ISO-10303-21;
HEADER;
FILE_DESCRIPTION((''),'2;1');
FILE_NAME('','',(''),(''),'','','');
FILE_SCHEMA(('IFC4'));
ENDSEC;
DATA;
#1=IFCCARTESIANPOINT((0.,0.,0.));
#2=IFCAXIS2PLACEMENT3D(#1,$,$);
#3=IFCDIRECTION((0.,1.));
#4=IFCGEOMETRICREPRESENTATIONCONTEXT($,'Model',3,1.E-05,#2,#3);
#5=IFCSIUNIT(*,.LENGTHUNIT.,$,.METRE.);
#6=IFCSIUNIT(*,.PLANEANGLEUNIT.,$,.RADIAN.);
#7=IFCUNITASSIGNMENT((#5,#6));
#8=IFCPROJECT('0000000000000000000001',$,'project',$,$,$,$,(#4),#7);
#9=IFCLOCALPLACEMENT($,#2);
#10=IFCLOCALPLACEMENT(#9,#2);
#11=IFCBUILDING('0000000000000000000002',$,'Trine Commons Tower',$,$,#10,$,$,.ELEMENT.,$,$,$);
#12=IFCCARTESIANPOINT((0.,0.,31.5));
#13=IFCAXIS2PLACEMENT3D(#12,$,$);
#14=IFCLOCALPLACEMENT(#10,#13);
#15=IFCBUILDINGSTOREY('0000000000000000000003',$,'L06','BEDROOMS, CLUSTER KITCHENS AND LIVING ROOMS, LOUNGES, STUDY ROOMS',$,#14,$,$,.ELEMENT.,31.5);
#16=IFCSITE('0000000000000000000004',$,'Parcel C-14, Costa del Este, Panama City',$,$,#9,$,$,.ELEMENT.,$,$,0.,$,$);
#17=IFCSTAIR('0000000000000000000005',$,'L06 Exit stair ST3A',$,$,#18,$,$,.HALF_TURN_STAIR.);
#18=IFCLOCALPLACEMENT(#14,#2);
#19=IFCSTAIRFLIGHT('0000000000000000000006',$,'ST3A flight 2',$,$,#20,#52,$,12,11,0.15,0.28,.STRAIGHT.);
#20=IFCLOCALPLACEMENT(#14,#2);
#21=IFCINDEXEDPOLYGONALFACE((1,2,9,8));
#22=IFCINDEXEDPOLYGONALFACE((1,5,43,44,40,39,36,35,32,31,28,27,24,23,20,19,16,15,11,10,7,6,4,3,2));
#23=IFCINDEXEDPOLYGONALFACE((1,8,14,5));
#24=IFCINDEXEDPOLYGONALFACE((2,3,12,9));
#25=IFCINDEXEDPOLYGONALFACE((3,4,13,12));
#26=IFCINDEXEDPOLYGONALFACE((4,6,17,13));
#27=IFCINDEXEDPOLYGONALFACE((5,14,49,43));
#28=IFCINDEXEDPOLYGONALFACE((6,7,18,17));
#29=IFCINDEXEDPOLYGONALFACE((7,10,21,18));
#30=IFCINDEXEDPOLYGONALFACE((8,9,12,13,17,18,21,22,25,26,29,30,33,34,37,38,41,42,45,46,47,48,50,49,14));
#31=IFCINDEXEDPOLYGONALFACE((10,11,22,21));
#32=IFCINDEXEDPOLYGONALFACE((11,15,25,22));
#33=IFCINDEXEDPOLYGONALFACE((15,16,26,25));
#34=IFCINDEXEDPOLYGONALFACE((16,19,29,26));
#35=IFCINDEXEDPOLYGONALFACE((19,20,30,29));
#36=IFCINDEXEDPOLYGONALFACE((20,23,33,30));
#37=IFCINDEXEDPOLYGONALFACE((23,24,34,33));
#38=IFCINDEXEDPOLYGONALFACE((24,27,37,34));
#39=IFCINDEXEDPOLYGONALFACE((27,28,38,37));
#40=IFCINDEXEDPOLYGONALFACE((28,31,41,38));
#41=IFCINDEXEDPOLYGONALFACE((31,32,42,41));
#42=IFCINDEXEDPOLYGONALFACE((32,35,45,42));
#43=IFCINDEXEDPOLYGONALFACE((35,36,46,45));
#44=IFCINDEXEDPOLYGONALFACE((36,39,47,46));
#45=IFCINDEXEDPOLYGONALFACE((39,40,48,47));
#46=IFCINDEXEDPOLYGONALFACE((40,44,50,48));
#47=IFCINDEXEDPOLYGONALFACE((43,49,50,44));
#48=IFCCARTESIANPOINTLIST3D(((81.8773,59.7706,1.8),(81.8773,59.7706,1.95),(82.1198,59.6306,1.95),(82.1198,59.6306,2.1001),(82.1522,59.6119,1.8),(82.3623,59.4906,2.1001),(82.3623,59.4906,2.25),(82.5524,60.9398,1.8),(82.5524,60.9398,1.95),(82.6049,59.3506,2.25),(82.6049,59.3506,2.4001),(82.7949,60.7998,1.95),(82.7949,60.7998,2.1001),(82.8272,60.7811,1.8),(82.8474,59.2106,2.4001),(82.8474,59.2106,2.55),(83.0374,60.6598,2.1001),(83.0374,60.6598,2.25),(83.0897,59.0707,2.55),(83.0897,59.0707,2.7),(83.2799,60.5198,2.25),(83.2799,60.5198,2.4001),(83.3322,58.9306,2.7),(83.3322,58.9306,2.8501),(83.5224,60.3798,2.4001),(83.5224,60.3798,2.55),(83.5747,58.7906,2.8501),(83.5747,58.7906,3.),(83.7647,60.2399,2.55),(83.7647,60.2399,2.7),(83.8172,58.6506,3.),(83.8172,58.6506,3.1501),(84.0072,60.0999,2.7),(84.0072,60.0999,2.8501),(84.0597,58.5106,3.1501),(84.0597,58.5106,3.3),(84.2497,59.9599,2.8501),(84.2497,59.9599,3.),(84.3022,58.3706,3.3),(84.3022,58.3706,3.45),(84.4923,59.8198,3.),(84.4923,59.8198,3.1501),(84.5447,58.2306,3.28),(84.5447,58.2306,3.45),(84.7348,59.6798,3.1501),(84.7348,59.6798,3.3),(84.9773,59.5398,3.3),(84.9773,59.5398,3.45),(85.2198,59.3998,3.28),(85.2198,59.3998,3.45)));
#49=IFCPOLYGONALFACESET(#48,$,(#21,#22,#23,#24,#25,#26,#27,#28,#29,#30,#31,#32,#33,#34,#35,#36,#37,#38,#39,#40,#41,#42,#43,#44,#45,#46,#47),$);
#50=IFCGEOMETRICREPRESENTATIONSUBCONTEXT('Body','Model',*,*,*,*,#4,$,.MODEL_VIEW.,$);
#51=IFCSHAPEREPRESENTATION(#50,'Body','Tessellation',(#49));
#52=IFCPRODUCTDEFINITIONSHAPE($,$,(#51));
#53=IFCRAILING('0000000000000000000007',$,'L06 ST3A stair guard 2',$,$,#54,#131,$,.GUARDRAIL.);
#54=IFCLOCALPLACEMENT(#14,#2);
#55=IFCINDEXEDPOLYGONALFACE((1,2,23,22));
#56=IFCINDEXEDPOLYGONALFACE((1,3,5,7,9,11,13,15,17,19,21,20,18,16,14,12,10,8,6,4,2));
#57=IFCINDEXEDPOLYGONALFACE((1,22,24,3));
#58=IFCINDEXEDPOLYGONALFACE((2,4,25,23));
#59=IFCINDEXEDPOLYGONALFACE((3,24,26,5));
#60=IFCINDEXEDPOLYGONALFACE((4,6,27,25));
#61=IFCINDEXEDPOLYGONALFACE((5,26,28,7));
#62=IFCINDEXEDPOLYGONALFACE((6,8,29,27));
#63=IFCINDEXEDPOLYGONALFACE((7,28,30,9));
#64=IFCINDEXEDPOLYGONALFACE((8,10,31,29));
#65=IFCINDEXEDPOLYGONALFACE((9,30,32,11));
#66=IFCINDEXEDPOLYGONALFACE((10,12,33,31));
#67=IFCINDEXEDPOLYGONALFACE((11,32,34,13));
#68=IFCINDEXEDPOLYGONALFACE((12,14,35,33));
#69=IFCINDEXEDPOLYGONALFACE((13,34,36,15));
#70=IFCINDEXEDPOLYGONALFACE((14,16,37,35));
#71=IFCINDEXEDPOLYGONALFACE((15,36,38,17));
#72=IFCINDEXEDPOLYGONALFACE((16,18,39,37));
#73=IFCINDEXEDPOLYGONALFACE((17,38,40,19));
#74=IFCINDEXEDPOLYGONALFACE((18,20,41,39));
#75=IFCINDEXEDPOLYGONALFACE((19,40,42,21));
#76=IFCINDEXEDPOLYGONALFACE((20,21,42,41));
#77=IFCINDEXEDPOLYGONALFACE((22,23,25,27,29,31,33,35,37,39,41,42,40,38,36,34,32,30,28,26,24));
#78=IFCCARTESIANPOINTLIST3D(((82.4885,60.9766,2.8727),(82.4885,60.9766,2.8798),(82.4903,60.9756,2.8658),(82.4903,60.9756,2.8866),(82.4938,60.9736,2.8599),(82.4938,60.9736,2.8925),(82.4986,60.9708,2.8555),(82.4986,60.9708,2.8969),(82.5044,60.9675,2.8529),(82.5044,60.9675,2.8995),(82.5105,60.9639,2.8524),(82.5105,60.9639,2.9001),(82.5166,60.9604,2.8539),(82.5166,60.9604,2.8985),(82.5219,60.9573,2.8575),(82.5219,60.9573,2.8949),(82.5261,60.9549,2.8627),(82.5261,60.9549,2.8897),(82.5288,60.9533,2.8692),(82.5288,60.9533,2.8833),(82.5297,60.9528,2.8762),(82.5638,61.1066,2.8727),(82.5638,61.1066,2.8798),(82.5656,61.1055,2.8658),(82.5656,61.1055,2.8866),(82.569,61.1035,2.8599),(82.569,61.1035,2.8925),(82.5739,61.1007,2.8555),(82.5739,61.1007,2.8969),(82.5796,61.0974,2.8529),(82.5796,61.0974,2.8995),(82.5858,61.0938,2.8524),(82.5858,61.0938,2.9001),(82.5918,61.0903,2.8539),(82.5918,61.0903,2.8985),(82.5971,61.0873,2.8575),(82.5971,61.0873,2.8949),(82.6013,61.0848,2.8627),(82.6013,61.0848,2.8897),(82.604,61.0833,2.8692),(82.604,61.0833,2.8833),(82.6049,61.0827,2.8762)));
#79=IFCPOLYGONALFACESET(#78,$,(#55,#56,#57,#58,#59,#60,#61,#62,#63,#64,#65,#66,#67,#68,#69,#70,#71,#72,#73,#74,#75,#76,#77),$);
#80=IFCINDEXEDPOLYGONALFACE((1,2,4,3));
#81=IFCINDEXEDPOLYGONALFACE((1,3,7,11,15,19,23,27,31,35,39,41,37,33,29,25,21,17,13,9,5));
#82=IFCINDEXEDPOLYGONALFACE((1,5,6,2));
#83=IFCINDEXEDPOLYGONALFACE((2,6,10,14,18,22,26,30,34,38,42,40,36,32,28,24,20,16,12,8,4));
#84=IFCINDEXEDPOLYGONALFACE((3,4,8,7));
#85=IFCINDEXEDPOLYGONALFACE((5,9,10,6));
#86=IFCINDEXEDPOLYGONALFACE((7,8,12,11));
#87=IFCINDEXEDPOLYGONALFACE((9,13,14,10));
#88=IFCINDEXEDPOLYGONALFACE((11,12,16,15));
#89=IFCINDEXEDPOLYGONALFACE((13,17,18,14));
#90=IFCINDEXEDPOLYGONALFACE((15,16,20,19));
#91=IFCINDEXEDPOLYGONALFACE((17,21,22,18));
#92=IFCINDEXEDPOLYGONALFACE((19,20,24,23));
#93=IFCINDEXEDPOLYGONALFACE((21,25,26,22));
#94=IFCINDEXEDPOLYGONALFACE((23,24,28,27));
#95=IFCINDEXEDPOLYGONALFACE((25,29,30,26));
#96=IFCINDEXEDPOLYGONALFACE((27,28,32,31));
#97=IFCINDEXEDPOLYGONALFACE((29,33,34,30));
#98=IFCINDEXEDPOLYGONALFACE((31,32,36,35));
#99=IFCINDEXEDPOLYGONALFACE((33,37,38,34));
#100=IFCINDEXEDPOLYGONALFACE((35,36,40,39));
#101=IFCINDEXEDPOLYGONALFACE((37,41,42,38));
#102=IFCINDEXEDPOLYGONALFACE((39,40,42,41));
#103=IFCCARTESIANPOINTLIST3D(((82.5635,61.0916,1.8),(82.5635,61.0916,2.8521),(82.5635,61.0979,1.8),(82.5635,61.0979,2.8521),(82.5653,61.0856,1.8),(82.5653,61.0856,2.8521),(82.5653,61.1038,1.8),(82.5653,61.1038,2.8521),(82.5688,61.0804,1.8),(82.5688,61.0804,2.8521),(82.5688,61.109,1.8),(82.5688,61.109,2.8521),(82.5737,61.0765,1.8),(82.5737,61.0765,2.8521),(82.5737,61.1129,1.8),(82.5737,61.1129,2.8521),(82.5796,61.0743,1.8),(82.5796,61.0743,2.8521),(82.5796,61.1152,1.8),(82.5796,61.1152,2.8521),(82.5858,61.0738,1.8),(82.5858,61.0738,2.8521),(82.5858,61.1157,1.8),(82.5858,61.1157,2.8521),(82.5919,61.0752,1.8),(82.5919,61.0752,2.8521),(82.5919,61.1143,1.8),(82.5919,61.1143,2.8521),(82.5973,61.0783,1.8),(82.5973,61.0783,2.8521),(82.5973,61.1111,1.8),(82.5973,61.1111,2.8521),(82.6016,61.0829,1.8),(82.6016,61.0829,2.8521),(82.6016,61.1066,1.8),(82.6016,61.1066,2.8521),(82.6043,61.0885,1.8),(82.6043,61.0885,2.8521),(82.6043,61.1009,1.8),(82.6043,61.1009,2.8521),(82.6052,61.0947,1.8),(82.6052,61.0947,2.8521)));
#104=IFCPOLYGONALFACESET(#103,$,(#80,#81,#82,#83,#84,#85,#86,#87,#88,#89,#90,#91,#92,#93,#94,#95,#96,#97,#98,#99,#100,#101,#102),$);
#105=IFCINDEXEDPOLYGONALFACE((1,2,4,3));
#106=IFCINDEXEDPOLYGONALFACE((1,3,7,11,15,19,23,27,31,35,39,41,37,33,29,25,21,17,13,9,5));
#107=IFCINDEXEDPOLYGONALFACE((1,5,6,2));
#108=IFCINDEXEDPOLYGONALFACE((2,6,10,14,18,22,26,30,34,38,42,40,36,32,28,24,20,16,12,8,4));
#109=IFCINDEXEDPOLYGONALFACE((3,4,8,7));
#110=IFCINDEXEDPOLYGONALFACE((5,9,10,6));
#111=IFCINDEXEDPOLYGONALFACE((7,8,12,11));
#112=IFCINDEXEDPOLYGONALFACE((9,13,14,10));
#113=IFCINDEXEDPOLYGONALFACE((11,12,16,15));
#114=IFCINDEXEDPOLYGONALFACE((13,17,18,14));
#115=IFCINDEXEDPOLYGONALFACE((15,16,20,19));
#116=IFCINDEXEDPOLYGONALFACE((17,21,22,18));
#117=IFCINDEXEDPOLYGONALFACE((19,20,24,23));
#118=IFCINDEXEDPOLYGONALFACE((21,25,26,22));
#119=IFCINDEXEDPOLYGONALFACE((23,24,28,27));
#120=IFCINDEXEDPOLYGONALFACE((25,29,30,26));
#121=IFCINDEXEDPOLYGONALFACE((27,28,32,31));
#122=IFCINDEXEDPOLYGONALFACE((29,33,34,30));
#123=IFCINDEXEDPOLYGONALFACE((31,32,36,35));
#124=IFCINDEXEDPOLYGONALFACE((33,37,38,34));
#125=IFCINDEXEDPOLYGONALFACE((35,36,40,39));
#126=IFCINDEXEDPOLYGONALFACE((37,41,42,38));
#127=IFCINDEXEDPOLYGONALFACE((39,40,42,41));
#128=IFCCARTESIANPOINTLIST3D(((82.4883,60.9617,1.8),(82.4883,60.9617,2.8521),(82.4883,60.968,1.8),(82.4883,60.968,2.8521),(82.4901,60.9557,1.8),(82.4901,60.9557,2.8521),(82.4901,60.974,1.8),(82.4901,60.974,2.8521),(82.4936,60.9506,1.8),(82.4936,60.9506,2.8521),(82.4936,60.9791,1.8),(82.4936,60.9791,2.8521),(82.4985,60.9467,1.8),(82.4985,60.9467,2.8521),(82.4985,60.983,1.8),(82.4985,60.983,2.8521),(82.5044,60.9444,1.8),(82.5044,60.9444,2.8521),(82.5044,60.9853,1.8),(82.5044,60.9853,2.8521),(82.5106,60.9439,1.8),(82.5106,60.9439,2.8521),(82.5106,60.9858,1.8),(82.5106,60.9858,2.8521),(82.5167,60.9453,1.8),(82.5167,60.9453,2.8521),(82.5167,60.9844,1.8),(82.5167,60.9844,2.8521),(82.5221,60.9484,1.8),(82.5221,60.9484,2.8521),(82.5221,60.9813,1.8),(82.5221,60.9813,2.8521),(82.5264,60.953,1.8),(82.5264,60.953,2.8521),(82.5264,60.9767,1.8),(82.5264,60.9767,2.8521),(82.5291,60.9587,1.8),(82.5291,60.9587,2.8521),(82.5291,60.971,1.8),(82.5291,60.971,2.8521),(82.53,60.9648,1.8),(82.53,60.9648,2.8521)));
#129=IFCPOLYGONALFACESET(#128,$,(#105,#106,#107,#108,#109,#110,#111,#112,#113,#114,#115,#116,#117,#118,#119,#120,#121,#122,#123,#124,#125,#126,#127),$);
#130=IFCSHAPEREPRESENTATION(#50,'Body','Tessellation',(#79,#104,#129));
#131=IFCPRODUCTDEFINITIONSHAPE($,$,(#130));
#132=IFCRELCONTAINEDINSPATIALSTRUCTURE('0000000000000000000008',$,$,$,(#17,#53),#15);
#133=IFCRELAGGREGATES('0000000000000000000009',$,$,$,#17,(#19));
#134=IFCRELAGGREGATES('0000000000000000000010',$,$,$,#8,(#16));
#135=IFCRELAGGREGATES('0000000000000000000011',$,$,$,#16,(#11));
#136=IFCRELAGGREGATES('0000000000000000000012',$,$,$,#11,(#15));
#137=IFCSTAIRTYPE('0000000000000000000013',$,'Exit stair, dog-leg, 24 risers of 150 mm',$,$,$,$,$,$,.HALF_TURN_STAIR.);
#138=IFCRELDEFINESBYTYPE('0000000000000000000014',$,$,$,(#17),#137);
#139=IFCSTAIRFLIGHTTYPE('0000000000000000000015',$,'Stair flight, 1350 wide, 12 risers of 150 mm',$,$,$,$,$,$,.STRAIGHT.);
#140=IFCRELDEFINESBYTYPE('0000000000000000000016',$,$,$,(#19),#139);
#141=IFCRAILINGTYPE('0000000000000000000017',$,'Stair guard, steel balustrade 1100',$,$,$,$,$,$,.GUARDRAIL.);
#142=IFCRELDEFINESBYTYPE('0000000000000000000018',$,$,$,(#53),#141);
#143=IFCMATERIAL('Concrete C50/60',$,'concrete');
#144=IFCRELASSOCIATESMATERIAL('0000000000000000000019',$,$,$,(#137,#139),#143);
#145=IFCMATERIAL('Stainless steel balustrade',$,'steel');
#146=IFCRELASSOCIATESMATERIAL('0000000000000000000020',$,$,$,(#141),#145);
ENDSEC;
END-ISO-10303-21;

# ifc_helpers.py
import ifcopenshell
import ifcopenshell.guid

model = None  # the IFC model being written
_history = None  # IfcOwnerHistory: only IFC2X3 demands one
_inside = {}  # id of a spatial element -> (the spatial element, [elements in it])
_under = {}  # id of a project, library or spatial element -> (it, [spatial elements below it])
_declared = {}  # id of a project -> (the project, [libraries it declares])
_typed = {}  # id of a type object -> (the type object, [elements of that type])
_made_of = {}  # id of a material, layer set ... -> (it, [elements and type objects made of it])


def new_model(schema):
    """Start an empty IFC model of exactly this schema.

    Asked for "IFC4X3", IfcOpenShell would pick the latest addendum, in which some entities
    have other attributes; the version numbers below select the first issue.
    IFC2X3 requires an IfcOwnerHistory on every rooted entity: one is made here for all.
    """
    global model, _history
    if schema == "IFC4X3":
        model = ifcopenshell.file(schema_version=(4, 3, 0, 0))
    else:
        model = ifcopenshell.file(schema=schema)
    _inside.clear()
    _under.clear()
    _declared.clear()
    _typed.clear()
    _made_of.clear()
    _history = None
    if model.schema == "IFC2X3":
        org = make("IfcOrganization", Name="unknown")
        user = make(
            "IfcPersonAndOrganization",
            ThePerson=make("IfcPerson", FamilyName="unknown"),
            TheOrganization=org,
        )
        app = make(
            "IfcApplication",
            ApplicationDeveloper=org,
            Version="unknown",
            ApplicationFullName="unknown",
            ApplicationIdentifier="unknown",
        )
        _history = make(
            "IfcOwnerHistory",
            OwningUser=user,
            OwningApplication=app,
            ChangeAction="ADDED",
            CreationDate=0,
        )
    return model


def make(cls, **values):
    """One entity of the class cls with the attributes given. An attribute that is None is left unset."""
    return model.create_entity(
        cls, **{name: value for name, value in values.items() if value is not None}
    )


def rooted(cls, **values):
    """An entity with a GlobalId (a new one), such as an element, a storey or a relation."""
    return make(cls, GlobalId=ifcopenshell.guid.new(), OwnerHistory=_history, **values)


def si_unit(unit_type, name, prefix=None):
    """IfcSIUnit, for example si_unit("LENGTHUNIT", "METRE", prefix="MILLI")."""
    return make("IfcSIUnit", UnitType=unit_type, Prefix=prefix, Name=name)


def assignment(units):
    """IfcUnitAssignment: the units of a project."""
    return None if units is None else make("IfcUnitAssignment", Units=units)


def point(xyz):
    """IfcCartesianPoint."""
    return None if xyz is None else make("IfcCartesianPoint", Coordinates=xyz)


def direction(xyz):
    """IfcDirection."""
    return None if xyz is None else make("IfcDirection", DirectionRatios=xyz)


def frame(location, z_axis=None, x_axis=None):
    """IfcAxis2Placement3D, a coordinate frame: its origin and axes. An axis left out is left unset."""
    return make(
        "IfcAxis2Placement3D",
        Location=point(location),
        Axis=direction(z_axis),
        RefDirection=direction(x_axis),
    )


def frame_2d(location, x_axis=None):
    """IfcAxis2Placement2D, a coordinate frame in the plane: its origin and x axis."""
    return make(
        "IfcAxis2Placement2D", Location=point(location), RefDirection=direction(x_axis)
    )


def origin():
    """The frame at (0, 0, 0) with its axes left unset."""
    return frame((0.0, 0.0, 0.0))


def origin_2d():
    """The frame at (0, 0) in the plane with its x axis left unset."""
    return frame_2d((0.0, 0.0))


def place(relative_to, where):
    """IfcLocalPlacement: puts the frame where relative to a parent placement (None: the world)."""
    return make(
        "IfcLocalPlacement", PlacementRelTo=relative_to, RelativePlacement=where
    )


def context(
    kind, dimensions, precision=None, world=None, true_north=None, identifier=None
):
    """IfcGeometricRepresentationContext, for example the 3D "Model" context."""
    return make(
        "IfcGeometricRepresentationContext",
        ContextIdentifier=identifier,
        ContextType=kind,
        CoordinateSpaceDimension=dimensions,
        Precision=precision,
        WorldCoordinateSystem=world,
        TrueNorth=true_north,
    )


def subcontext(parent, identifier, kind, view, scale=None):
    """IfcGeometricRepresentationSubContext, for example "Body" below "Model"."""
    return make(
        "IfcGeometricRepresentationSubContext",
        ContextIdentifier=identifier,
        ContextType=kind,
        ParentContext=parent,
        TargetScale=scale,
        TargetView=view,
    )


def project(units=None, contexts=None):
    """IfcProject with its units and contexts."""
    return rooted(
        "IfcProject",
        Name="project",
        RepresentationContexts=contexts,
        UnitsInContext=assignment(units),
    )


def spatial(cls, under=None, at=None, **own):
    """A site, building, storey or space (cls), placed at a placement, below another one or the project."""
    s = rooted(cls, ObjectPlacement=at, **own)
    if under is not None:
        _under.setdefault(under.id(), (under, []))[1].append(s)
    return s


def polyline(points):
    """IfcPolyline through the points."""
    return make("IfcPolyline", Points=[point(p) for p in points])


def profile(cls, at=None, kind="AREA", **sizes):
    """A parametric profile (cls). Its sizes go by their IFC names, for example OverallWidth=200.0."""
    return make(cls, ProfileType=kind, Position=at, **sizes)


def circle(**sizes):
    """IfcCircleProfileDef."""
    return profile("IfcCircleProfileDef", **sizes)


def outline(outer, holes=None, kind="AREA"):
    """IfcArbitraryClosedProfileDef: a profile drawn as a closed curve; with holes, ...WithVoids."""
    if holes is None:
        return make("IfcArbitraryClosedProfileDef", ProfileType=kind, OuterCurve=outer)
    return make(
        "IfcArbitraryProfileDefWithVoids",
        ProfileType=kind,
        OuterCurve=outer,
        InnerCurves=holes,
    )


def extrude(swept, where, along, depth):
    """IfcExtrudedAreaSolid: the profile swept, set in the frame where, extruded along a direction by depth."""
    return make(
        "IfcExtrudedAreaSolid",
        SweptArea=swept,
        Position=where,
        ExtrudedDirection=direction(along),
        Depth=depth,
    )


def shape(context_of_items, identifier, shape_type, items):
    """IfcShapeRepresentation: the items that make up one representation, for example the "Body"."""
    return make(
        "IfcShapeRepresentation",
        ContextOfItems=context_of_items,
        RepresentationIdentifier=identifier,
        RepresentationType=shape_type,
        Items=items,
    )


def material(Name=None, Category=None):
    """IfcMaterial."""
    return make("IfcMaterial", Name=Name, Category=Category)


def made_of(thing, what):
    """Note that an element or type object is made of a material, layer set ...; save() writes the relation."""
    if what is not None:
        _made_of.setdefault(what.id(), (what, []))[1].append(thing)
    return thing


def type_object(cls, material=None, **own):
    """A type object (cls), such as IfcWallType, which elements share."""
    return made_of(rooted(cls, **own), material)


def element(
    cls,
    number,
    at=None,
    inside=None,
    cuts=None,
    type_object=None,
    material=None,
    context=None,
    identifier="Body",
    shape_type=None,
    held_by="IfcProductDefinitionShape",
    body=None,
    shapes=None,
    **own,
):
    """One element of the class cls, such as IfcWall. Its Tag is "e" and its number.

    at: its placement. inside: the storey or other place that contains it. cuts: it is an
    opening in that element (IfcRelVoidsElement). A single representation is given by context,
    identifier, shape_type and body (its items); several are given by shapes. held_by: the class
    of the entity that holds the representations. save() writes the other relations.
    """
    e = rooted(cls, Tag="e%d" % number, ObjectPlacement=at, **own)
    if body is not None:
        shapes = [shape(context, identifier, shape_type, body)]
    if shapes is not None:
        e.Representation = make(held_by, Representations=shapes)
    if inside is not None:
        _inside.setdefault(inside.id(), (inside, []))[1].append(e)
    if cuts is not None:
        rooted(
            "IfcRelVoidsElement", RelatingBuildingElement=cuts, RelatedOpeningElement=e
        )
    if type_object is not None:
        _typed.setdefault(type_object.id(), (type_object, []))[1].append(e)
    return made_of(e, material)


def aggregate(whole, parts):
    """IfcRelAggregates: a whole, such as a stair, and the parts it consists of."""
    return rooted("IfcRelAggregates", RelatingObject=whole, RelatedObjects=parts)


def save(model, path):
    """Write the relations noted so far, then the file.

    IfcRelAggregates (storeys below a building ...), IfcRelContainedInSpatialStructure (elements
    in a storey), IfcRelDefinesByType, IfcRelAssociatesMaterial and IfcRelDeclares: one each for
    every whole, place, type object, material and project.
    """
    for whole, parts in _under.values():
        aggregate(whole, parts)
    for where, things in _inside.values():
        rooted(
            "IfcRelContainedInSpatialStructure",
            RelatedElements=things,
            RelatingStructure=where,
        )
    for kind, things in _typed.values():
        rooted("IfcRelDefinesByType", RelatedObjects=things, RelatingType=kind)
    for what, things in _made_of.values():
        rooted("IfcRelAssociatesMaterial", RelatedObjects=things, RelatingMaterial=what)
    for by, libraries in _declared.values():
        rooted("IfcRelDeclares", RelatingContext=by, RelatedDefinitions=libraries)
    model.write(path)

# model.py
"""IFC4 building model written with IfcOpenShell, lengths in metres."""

from ifc_helpers import new_model, si_unit, direction, frame, origin, origin_2d, place, context, subcontext, project, spatial, polyline, circle, outline, extrude, material, type_object, element, aggregate, save


model = new_model("IFC4")

# Units and contexts
model_context = context("Model", 3, precision=1e-05, world=origin(), true_north=direction((0.0, 1.0)))
body_context = subcontext(model_context, "Body", "Model", "MODEL_VIEW")
ifc_project = project(units=[si_unit("LENGTHUNIT", "METRE"), si_unit("PLANEANGLEUNIT", "RADIAN")], contexts=[model_context])

# Site, building, storey
site_placement = place(None, origin())
site = spatial("IfcSite", under=ifc_project, at=site_placement, Name="Parcel C-14, Costa del Este, Panama City", CompositionType="ELEMENT", RefElevation=0.0)
building_placement = place(site_placement, origin())
building = spatial("IfcBuilding", under=site, at=building_placement, Name="Trine Commons Tower", CompositionType="ELEMENT")
storey_placement = place(building_placement, frame((0.0, 0.0, 31.5)))
storey = spatial("IfcBuildingStorey", under=building, at=storey_placement, Name="L06", Description="BEDROOMS, CLUSTER KITCHENS AND LIVING ROOMS, LOUNGES, STUDY ROOMS", CompositionType="ELEMENT", Elevation=31.5)

# Stair, stair flight
ifc_material_1 = material(Name="Concrete C50/60", Category="concrete")
stair_type = type_object("IfcStairType", Name="Exit stair, dog-leg, 24 risers of 150 mm", PredefinedType="HALF_TURN_STAIR", material=ifc_material_1)
stair_placement = place(storey_placement, origin())
stair = element("IfcStair", 1, at=stair_placement, inside=storey, type_object=stair_type, Name="L06 Exit stair ST3A", PredefinedType="HALF_TURN_STAIR")
stair_flight_type = type_object("IfcStairFlightType", Name="Stair flight, 1350 wide, 12 risers of 150 mm", PredefinedType="STRAIGHT", material=ifc_material_1)
stair_flight_placement = place(storey_placement, frame((82.2148, 60.3552, 1.8), z_axis=(0.0, 0.0, 1.0), x_axis=(0.866025, -0.5, 0.0)))
stair_flight = element("IfcStairFlight", 2, at=stair_flight_placement, type_object=stair_flight_type, Name="ST3A flight 2", NumberOfRisers=12, NumberOfTreads=11, PredefinedType="STRAIGHT", RiserHeight=0.15, TreadLength=0.28, context=body_context, shape_type="SweptSolid", body=[
    extrude(outline(polyline([(0.0, 0.0), (0.0, 0.1499), (0.28, 0.1499), (0.28, 0.3), (0.5601, 0.3), (0.5601, 0.45), (0.8401, 0.45), (0.8401, 0.6001), (1.1201, 0.6001), (1.1201, 0.75), (1.3999, 0.75), (1.3999, 0.8999), (1.6799, 0.8999), (1.6799, 1.05), (1.96, 1.05), (1.96, 1.2), (2.24, 1.2), (2.24, 1.3501), (2.52, 1.3501), (2.52, 1.5), (2.8, 1.5), (2.8, 1.6499), (3.0801, 1.6499), (3.0801, 1.8), (3.0801, 1.48), (0.3174, 0.0), (0.0, 0.0)])), frame((0.0, 0.675, 0.0), z_axis=(0.0, -1.0, 0.0), x_axis=(1.0, 0.0, 0.0)), (0.0, 0.0, 1.0), 1.3501),
])
aggregate(stair, [stair_flight])

# Railing
ifc_material_2 = material(Name="Stainless steel balustrade", Category="steel")
railing_type_1 = type_object("IfcRailingType", Name="Stair guard, steel balustrade 1100", PredefinedType="GUARDRAIL", material=ifc_material_2)
railing_1_placement = place(storey_placement, frame((82.5842, 61.0947, 1.8)))
element("IfcRailing", 3, at=railing_1_placement, inside=storey, type_object=railing_type_1, Name="L06 ST3A stair guard 2", PredefinedType="GUARDRAIL", context=body_context, shape_type="SweptSolid", body=[
    extrude(circle(Radius=0.0239, at=origin_2d()), frame((0.0, 0.0, 1.0762), z_axis=(-0.501036, -0.865426, 0.0), x_axis=(0.865426, -0.501036, 0.0)), (0.0, 0.0, 1.0), 0.1501),
    extrude(circle(Radius=0.021, at=origin_2d()), origin(), (0.0, 0.0, 1.0), 1.052),
    extrude(circle(Radius=0.021, at=origin_2d()), frame((-0.0752, -0.1299, 0.0)), (0.0, 0.0, 1.0), 1.052),
])

save(model, "model.ifc")
